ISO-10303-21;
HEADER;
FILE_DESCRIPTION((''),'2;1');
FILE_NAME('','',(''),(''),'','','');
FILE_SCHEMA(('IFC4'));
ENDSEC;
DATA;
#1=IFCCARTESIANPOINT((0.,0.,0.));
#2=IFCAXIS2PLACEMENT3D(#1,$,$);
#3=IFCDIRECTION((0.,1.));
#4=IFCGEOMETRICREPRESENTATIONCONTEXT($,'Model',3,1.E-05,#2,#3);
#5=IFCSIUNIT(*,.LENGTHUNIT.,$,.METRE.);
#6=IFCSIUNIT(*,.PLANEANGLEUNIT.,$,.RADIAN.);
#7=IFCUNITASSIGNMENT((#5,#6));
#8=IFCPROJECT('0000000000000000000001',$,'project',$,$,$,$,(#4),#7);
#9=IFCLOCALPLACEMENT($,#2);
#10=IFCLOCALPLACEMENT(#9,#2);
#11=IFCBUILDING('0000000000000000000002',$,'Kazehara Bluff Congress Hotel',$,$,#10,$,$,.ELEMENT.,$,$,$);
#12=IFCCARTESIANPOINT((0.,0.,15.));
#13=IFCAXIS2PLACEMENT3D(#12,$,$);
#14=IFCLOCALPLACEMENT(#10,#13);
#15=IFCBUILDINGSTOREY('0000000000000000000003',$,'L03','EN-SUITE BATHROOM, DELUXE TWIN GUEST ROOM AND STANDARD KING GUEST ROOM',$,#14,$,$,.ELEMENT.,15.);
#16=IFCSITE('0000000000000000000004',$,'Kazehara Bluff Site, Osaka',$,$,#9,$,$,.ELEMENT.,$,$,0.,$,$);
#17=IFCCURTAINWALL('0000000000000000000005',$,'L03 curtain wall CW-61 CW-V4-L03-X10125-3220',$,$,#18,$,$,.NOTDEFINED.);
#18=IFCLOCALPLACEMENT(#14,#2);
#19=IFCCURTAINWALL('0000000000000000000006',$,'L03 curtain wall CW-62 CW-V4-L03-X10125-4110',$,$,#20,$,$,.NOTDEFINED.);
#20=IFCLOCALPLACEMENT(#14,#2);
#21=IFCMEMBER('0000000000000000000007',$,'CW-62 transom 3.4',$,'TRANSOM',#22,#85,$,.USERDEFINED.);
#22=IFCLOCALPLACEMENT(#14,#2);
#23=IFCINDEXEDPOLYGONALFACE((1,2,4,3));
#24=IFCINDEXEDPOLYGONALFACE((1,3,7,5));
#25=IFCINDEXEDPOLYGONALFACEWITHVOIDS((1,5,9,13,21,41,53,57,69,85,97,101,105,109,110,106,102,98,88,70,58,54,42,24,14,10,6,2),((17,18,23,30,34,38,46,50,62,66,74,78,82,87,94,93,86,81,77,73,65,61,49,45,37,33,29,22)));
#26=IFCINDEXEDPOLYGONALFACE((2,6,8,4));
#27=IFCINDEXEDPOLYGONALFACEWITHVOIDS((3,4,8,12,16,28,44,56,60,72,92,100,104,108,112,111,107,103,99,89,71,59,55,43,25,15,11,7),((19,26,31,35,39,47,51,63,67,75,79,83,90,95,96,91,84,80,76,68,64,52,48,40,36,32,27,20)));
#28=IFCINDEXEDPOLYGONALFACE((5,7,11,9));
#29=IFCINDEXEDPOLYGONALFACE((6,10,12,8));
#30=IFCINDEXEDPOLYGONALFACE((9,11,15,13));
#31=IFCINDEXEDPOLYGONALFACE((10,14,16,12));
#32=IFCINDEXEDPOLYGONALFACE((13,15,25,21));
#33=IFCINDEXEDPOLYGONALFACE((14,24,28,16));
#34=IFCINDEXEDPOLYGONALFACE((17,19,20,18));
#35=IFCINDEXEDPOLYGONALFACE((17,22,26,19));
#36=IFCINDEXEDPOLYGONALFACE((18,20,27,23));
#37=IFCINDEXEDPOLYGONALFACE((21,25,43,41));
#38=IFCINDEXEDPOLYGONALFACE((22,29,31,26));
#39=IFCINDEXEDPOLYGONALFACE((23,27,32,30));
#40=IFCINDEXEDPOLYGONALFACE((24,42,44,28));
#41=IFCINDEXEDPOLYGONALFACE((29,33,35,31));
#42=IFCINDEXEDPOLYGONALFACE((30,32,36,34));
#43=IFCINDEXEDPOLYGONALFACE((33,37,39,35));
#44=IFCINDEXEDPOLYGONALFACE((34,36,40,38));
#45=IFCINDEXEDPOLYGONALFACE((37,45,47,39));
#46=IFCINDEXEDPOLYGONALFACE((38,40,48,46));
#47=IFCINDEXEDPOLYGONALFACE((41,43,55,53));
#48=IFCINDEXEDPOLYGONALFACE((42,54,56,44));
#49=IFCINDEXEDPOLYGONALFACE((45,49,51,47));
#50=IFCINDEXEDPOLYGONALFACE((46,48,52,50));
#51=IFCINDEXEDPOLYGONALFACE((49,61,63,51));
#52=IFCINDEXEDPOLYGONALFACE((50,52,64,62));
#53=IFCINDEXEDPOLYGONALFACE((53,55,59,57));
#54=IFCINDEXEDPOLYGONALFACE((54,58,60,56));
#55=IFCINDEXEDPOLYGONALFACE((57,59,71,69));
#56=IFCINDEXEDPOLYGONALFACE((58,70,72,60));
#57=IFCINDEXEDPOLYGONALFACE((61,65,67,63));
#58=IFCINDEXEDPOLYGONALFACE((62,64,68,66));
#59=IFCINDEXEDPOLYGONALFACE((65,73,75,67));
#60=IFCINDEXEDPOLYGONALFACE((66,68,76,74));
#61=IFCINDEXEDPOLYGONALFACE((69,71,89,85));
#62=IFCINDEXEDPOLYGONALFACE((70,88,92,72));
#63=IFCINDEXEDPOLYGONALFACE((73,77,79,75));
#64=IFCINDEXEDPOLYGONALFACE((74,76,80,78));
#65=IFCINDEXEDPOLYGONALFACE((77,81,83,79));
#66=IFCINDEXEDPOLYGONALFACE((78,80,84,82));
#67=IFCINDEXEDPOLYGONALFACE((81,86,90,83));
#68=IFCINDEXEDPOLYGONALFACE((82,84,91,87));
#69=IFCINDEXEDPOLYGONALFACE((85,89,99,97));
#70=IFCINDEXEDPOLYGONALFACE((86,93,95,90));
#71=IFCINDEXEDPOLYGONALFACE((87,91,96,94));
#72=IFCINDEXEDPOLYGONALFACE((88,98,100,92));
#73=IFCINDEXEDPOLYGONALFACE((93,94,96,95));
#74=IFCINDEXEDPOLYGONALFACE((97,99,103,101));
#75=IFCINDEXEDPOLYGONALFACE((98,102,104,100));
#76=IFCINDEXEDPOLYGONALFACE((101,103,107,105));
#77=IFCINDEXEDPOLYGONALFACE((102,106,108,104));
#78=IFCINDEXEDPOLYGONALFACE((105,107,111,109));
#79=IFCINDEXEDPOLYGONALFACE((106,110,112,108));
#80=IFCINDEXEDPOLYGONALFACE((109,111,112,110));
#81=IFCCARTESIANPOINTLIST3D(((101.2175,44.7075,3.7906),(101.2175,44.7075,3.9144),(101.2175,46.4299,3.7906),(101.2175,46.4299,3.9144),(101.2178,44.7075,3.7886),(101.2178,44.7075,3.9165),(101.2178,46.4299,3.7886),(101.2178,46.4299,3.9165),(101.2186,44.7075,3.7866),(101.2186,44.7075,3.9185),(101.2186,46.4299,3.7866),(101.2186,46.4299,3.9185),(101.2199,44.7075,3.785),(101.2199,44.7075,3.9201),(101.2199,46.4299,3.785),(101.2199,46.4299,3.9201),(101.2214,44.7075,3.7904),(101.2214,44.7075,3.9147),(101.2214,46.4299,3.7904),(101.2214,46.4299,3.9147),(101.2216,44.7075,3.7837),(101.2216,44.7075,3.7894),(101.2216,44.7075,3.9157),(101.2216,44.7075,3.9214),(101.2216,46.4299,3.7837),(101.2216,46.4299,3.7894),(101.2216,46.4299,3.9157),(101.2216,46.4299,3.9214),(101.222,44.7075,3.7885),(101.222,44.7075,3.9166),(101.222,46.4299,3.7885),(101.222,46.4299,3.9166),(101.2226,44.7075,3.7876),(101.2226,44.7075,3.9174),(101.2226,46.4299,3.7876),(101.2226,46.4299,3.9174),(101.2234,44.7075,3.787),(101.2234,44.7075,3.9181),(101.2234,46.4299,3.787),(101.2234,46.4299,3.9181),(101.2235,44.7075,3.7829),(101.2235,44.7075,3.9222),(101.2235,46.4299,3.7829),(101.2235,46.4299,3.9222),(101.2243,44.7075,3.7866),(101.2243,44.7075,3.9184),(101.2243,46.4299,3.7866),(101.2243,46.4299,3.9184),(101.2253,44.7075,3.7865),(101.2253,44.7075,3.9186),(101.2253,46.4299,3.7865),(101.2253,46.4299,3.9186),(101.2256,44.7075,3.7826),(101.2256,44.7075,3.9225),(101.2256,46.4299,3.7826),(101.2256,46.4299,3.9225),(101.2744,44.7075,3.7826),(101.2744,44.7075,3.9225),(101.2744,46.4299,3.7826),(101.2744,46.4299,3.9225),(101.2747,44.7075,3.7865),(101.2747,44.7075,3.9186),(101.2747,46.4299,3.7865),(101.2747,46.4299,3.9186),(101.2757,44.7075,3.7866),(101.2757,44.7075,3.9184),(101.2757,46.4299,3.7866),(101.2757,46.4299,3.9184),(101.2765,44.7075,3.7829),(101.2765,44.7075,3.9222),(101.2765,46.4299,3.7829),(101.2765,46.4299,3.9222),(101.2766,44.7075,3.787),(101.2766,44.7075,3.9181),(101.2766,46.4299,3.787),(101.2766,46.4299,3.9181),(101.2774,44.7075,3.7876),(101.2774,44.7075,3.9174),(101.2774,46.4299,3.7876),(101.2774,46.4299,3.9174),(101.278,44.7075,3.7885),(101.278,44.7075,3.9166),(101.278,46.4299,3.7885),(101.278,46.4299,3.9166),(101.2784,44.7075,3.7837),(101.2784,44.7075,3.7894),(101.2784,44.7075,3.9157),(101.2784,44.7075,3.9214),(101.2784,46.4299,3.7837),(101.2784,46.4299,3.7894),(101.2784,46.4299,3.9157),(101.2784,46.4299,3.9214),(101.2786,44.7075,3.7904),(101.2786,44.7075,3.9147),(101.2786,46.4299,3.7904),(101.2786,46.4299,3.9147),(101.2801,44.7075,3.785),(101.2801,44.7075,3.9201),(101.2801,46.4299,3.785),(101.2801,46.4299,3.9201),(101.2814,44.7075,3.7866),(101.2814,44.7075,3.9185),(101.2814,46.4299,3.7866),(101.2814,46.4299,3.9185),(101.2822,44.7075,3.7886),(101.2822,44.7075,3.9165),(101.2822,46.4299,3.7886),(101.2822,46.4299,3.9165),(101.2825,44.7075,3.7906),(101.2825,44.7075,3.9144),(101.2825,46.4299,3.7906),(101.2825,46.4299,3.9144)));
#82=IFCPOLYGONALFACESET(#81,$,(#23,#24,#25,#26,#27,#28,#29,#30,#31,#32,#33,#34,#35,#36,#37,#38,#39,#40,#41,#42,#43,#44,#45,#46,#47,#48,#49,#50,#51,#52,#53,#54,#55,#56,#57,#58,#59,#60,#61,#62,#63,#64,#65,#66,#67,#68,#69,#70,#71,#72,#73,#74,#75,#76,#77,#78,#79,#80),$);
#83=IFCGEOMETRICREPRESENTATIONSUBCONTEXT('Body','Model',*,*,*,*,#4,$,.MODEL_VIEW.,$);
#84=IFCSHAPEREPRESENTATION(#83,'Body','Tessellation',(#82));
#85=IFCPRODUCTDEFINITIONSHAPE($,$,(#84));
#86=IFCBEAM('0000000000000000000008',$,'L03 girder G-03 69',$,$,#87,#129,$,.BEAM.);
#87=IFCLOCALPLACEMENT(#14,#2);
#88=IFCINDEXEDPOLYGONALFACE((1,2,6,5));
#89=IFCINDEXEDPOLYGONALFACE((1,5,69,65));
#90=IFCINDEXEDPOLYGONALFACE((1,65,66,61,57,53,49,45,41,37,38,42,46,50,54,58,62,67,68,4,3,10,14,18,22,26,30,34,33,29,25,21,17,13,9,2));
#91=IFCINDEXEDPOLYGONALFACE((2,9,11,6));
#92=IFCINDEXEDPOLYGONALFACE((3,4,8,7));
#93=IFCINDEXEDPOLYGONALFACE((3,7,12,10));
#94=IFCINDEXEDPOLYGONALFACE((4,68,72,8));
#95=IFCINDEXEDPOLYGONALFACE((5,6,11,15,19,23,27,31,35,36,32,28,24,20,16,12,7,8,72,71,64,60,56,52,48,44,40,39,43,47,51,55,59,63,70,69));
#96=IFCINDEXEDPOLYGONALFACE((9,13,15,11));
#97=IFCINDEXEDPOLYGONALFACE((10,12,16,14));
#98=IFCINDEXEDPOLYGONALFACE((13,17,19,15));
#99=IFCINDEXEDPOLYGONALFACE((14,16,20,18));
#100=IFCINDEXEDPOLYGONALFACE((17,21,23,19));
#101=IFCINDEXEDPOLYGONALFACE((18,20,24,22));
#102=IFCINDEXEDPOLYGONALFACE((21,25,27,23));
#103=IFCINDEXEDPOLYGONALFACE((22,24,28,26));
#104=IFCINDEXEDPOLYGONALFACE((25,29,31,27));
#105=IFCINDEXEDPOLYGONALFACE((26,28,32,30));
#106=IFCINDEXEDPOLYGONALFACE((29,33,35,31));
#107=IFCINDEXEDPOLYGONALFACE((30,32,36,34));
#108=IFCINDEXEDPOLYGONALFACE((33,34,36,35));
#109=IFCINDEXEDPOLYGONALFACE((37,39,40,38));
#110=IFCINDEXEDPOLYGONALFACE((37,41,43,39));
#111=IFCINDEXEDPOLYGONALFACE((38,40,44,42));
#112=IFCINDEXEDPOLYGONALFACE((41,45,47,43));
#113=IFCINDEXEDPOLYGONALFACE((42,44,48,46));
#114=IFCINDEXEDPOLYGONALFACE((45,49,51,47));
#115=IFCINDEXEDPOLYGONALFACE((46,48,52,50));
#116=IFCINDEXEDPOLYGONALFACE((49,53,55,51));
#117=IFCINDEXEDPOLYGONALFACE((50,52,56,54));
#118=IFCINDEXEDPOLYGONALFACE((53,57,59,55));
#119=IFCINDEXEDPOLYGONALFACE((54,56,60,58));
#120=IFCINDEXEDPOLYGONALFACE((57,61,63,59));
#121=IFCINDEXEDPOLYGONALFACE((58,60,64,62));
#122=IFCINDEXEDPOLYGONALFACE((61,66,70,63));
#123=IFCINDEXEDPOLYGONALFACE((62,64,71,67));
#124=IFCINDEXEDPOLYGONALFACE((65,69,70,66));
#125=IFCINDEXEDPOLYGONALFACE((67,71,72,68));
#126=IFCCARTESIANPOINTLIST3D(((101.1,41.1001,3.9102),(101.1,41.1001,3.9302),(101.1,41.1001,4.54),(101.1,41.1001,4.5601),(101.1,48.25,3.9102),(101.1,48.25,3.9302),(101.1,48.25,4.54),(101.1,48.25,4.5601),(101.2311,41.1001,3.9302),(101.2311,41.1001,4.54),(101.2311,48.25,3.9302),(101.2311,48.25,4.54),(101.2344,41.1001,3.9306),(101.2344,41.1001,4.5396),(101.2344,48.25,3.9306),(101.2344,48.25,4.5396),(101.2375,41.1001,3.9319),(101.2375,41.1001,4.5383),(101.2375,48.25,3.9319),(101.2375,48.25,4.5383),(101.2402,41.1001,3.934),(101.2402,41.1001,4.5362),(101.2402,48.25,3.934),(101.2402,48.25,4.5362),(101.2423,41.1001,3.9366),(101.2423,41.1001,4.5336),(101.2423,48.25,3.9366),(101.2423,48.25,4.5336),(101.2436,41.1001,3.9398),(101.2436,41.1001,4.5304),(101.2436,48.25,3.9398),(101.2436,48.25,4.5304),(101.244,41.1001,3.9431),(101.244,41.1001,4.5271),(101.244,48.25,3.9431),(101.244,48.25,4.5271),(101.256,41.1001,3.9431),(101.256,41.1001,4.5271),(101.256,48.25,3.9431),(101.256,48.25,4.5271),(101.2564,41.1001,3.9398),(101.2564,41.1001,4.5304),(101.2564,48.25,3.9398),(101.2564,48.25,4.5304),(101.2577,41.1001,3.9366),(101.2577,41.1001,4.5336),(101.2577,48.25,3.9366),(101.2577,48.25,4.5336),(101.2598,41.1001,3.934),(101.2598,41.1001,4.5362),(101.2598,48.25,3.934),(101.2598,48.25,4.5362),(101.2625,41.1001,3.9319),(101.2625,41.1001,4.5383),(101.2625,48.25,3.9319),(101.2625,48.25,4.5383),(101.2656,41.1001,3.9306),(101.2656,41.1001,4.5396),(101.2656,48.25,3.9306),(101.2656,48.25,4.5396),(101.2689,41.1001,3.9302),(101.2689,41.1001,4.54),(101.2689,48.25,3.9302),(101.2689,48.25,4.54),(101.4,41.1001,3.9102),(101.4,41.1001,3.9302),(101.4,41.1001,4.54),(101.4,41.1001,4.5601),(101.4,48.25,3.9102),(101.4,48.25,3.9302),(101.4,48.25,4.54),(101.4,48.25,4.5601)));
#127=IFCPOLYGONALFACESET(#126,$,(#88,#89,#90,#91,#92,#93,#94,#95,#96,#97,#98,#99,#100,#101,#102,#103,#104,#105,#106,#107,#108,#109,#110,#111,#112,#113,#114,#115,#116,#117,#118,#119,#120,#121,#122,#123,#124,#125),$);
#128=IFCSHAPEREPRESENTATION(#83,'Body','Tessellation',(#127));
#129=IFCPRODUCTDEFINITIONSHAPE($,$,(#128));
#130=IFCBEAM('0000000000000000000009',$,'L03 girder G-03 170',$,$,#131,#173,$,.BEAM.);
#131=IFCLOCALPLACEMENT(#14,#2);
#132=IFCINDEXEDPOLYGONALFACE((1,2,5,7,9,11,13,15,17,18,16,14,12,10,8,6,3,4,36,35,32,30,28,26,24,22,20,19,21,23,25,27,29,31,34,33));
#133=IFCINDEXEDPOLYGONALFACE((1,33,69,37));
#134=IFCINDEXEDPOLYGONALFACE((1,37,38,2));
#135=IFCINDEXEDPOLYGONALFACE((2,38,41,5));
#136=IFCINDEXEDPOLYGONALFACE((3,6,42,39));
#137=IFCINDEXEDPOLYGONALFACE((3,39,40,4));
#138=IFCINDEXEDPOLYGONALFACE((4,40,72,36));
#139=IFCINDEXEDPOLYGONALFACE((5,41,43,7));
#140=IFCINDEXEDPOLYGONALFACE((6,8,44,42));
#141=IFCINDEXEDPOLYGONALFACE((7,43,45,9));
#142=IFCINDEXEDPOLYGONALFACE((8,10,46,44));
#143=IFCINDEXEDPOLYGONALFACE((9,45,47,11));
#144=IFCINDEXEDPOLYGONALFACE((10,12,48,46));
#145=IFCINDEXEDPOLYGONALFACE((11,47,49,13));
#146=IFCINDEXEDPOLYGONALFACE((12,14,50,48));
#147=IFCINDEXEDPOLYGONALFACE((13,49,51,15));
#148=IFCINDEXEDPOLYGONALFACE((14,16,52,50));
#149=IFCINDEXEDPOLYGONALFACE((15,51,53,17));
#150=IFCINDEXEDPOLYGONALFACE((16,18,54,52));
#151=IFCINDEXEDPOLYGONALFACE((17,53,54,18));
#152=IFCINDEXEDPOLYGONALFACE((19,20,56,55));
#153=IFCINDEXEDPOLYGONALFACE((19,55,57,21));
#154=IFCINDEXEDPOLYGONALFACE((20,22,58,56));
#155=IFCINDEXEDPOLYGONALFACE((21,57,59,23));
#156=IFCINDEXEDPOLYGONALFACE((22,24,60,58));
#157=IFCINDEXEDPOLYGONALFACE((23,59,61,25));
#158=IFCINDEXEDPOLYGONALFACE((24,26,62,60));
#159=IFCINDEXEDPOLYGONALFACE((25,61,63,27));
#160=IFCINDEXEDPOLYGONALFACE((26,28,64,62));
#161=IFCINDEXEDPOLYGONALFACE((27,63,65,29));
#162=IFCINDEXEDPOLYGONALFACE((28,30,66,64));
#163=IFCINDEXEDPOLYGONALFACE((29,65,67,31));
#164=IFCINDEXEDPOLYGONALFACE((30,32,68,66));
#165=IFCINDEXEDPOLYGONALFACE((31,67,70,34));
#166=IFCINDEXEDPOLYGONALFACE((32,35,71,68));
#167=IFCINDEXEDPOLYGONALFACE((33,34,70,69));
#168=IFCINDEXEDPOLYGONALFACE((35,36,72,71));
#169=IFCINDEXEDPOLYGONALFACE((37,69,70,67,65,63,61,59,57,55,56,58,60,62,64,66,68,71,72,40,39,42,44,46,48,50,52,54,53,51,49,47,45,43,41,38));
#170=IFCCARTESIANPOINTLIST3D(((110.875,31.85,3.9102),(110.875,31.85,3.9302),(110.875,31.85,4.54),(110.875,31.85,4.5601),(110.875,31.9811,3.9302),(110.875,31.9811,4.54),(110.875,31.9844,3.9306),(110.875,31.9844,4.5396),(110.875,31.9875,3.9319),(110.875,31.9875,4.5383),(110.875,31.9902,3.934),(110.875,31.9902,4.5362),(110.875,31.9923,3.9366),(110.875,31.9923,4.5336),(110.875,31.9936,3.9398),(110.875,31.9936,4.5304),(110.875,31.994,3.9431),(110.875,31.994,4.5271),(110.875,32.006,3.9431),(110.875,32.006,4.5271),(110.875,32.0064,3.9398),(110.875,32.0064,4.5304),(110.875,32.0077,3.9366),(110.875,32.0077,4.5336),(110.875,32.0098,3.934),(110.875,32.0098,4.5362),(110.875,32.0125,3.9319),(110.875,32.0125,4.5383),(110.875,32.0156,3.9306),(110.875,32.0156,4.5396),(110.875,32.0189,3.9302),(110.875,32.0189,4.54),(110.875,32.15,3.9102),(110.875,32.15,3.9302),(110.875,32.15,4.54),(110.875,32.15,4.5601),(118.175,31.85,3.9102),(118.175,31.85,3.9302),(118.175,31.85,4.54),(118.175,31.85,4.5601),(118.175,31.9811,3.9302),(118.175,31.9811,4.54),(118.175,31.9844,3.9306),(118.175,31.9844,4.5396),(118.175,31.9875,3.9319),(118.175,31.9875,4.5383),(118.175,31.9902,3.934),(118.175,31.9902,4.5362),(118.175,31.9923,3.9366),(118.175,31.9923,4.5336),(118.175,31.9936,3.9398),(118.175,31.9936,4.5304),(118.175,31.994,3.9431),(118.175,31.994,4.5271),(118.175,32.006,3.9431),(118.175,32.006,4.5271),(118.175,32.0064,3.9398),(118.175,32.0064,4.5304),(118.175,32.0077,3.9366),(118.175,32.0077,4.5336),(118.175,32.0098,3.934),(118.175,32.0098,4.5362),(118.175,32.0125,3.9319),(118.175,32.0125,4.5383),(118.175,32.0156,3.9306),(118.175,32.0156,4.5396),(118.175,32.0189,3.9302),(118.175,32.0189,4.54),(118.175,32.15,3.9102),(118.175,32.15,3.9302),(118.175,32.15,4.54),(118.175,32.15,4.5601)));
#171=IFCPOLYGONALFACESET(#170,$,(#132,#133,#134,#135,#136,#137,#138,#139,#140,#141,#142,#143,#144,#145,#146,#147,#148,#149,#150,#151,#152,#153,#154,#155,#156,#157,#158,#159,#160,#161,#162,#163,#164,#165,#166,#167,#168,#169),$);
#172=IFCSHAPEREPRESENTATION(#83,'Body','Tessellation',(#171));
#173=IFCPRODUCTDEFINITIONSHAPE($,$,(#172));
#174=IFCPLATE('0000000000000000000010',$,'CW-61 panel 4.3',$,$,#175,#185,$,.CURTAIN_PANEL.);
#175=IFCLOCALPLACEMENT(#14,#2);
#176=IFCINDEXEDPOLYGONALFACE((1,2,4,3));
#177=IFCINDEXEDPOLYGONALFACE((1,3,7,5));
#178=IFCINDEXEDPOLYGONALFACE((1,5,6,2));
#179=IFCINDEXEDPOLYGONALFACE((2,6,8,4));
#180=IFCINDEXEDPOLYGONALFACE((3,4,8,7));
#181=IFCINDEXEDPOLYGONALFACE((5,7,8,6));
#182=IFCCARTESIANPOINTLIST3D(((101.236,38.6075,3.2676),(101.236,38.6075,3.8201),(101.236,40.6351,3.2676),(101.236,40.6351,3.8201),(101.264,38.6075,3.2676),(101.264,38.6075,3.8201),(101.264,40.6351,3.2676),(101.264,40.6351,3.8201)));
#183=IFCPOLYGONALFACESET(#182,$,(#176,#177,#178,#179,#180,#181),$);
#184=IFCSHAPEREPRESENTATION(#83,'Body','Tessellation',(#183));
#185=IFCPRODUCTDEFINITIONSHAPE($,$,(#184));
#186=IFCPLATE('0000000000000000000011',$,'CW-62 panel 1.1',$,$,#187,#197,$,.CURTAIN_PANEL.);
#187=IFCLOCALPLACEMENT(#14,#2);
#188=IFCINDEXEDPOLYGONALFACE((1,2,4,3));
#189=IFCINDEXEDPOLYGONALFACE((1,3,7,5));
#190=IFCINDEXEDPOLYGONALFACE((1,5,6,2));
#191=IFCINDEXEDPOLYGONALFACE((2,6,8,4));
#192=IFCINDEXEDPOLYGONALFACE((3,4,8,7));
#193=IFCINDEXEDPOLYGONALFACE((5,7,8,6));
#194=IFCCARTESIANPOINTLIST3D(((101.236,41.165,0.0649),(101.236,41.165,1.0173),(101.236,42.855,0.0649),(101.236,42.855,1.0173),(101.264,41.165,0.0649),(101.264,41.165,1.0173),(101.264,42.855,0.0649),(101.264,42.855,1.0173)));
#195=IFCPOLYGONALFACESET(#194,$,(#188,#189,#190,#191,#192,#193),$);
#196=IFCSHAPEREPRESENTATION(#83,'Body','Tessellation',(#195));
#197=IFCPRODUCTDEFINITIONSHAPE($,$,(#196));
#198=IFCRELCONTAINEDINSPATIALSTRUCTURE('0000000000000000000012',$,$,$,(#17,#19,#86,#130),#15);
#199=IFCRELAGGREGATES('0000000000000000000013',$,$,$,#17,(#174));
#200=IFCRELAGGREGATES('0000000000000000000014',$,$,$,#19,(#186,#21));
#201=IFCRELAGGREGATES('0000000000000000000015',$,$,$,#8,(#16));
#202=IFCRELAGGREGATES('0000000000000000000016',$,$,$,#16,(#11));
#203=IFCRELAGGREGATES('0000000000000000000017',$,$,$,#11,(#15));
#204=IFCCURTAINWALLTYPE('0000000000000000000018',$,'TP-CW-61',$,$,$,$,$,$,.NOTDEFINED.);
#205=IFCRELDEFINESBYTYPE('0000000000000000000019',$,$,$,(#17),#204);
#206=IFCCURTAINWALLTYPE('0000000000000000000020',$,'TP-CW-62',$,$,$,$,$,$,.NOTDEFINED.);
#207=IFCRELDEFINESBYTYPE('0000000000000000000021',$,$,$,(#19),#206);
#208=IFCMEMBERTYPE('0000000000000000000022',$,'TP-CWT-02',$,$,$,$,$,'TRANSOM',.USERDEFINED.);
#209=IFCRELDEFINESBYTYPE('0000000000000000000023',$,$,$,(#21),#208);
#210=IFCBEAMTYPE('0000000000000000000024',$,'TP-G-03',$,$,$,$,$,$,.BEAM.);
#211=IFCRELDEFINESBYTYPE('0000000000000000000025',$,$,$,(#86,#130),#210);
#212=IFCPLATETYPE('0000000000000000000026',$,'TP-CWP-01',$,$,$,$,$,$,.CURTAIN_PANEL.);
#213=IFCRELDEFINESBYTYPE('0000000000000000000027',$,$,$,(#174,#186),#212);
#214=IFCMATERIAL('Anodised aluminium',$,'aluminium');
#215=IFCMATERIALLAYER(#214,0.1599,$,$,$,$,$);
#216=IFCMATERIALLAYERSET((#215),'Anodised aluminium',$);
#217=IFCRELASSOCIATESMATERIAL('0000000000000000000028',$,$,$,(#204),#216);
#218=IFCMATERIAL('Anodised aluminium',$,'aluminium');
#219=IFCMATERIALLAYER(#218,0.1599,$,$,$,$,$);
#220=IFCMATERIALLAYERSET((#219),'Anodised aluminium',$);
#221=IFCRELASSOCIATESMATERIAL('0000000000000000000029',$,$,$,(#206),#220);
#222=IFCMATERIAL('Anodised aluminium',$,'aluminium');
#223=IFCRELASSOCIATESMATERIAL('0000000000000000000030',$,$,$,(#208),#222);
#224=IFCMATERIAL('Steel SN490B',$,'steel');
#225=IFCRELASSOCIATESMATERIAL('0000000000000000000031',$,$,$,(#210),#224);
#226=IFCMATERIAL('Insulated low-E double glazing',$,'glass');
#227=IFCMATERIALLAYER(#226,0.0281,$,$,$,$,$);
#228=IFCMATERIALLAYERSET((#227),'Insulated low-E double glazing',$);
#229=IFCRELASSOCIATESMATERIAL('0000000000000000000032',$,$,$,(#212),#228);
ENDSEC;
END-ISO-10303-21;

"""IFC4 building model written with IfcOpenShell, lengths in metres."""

from ifc_helpers import new_model, si_unit, direction, frame, origin, origin_2d, place, context, subcontext, project, spatial, rectangle, hollow_rectangle, i_section, extrude, material, layer, layer_set, material_profile, profile_set, type_object, element, aggregate, save


model = new_model("IFC4")

# Units and contexts
model_context = context("Model", 3, precision=1e-05, world=origin(), true_north=direction((0.0, 1.0)))
body_context = subcontext(model_context, "Body", "Model", "MODEL_VIEW")
ifc_project = project(units=[si_unit("LENGTHUNIT", "METRE"), si_unit("PLANEANGLEUNIT", "RADIAN")], contexts=[model_context])

# Site, building, storey
site_placement = place(None, origin())
site = spatial("IfcSite", under=ifc_project, at=site_placement, Name="Kazehara Bluff Site, Osaka", CompositionType="ELEMENT", RefElevation=0.0)
building_placement = place(site_placement, origin())
building = spatial("IfcBuilding", under=site, at=building_placement, Name="Kazehara Bluff Congress Hotel", CompositionType="ELEMENT")
storey_placement = place(building_placement, frame((0.0, 0.0, 15.0)))
storey = spatial("IfcBuildingStorey", under=building, at=storey_placement, Name="L03", Description="EN-SUITE BATHROOM, DELUXE TWIN GUEST ROOM AND STANDARD KING GUEST ROOM", CompositionType="ELEMENT", Elevation=15.0)

# Curtain wall
ifc_material_1 = material(Name="Anodised aluminium", Category="aluminium")
ifc_layer_1 = layer(ifc_material_1, 0.1599)
ifc_layer_set_1 = layer_set([ifc_layer_1], Name="Anodised aluminium")
curtain_wall_type_1 = type_object("IfcCurtainWallType", Name="TP-CW-61", PredefinedType="NOTDEFINED", material=ifc_layer_set_1)
curtain_wall_1_placement = place(storey_placement, origin())
curtain_wall_1 = element("IfcCurtainWall", 1, at=curtain_wall_1_placement, inside=storey, type_object=curtain_wall_type_1, Name="L03 curtain wall CW-61 CW-V4-L03-X10125-3220", PredefinedType="NOTDEFINED")

# Curtain wall, member
ifc_material_2 = material(Name="Anodised aluminium", Category="aluminium")
ifc_layer_2 = layer(ifc_material_2, 0.1599)
ifc_layer_set_2 = layer_set([ifc_layer_2], Name="Anodised aluminium")
curtain_wall_type_2 = type_object("IfcCurtainWallType", Name="TP-CW-62", PredefinedType="NOTDEFINED", material=ifc_layer_set_2)
curtain_wall_2_placement = place(storey_placement, origin())
curtain_wall_2 = element("IfcCurtainWall", 2, at=curtain_wall_2_placement, inside=storey, type_object=curtain_wall_type_2, Name="L03 curtain wall CW-62 CW-V4-L03-X10125-4110", PredefinedType="NOTDEFINED")
ifc_material_3 = material(Name="Anodised aluminium", Category="aluminium")
ifc_material_profile_1 = material_profile(ifc_material_3, hollow_rectangle(XDim=0.0649, YDim=0.1399, WallThickness=0.0039, InnerFilletRadius=0.0039, OuterFilletRadius=0.0081, at=origin_2d()))
ifc_profile_set_1 = profile_set([ifc_material_profile_1], Name="Anodised aluminium")
member_type_1 = type_object("IfcMemberType", Name="TP-CWT-02", ElementType="TRANSOM", PredefinedType="USERDEFINED", material=ifc_profile_set_1)
member_1_placement = place(storey_placement, frame((101.25, 44.7075, 3.8525), z_axis=(0.0, 1.0, 0.0), x_axis=(-1.0, 0.0, 0.0)))
member_1 = element("IfcMember", 3, at=member_1_placement, type_object=member_type_1, Name="CW-62 transom 3.4", ObjectType="TRANSOM", PredefinedType="USERDEFINED", context=body_context, shape_type="SweptSolid", body=[
    extrude(hollow_rectangle(XDim=0.0649, YDim=0.1399, WallThickness=0.0039, InnerFilletRadius=0.0039, OuterFilletRadius=0.0081, at=origin_2d()), origin(), (0.0, 0.0, 1.0), 1.7224),
])

# Beams
ifc_material_4 = material(Name="Steel SN490B", Category="steel")
ifc_material_profile_2 = material_profile(ifc_material_4, i_section(OverallWidth=0.3, OverallDepth=0.6499, WebThickness=0.012, FlangeThickness=0.02, FilletRadius=0.0129, at=origin_2d()))
ifc_profile_set_2 = profile_set([ifc_material_profile_2], Name="Steel SN490B")
beam_type = type_object("IfcBeamType", Name="TP-G-03", PredefinedType="BEAM", material=ifc_profile_set_2)
beam_1_placement = place(storey_placement, frame((101.25, 41.1001, 4.2351), z_axis=(0.0, 1.0, 0.0), x_axis=(-1.0, 0.0, 0.0)))
element("IfcBeam", 4, at=beam_1_placement, inside=storey, type_object=beam_type, Name="L03 girder G-03 69", PredefinedType="BEAM", context=body_context, shape_type="SweptSolid", body=[
    extrude(i_section(OverallWidth=0.3, OverallDepth=0.6499, WebThickness=0.012, FlangeThickness=0.02, FilletRadius=0.0129, at=origin_2d()), origin(), (0.0, 0.0, 1.0), 7.1499),
])
beam_2_placement = place(storey_placement, frame((110.875, 32.0, 4.2351), z_axis=(1.0, 0.0, 0.0), x_axis=(0.0, 1.0, 0.0)))
element("IfcBeam", 5, at=beam_2_placement, inside=storey, type_object=beam_type, Name="L03 girder G-03 170", PredefinedType="BEAM", context=body_context, shape_type="SweptSolid", body=[
    extrude(i_section(OverallWidth=0.3, OverallDepth=0.6499, WebThickness=0.012, FlangeThickness=0.02, FilletRadius=0.0129, at=origin_2d()), origin(), (0.0, 0.0, 1.0), 7.3),
])

# Plates
ifc_material_5 = material(Name="Insulated low-E double glazing", Category="glass")
ifc_layer_3 = layer(ifc_material_5, 0.0281)
ifc_layer_set_3 = layer_set([ifc_layer_3], Name="Insulated low-E double glazing")
plate_type = type_object("IfcPlateType", Name="TP-CWP-01", PredefinedType="CURTAIN_PANEL", material=ifc_layer_set_3)
plate_1_placement = place(storey_placement, frame((101.25, 39.6213, 3.2676), z_axis=(0.0, 0.0, 1.0), x_axis=(0.0, 1.0, 0.0)))
plate_1 = element("IfcPlate", 6, at=plate_1_placement, type_object=plate_type, Name="CW-61 panel 4.3", PredefinedType="CURTAIN_PANEL", context=body_context, shape_type="SweptSolid", body=[
    extrude(rectangle(XDim=2.0276, YDim=0.0281, at=origin_2d()), origin(), (0.0, 0.0, 1.0), 0.5525),
])
aggregate(curtain_wall_1, [plate_1])
plate_2_placement = place(storey_placement, frame((101.25, 42.01, 0.0649), z_axis=(0.0, 0.0, 1.0), x_axis=(0.0, 1.0, 0.0)))
plate_2 = element("IfcPlate", 7, at=plate_2_placement, type_object=plate_type, Name="CW-62 panel 1.1", PredefinedType="CURTAIN_PANEL", context=body_context, shape_type="SweptSolid", body=[
    extrude(rectangle(XDim=1.6899, YDim=0.0281, at=origin_2d()), origin(), (0.0, 0.0, 1.0), 0.9524),
])
aggregate(curtain_wall_2, [plate_2, member_1])

save(model, "model.ifc")
